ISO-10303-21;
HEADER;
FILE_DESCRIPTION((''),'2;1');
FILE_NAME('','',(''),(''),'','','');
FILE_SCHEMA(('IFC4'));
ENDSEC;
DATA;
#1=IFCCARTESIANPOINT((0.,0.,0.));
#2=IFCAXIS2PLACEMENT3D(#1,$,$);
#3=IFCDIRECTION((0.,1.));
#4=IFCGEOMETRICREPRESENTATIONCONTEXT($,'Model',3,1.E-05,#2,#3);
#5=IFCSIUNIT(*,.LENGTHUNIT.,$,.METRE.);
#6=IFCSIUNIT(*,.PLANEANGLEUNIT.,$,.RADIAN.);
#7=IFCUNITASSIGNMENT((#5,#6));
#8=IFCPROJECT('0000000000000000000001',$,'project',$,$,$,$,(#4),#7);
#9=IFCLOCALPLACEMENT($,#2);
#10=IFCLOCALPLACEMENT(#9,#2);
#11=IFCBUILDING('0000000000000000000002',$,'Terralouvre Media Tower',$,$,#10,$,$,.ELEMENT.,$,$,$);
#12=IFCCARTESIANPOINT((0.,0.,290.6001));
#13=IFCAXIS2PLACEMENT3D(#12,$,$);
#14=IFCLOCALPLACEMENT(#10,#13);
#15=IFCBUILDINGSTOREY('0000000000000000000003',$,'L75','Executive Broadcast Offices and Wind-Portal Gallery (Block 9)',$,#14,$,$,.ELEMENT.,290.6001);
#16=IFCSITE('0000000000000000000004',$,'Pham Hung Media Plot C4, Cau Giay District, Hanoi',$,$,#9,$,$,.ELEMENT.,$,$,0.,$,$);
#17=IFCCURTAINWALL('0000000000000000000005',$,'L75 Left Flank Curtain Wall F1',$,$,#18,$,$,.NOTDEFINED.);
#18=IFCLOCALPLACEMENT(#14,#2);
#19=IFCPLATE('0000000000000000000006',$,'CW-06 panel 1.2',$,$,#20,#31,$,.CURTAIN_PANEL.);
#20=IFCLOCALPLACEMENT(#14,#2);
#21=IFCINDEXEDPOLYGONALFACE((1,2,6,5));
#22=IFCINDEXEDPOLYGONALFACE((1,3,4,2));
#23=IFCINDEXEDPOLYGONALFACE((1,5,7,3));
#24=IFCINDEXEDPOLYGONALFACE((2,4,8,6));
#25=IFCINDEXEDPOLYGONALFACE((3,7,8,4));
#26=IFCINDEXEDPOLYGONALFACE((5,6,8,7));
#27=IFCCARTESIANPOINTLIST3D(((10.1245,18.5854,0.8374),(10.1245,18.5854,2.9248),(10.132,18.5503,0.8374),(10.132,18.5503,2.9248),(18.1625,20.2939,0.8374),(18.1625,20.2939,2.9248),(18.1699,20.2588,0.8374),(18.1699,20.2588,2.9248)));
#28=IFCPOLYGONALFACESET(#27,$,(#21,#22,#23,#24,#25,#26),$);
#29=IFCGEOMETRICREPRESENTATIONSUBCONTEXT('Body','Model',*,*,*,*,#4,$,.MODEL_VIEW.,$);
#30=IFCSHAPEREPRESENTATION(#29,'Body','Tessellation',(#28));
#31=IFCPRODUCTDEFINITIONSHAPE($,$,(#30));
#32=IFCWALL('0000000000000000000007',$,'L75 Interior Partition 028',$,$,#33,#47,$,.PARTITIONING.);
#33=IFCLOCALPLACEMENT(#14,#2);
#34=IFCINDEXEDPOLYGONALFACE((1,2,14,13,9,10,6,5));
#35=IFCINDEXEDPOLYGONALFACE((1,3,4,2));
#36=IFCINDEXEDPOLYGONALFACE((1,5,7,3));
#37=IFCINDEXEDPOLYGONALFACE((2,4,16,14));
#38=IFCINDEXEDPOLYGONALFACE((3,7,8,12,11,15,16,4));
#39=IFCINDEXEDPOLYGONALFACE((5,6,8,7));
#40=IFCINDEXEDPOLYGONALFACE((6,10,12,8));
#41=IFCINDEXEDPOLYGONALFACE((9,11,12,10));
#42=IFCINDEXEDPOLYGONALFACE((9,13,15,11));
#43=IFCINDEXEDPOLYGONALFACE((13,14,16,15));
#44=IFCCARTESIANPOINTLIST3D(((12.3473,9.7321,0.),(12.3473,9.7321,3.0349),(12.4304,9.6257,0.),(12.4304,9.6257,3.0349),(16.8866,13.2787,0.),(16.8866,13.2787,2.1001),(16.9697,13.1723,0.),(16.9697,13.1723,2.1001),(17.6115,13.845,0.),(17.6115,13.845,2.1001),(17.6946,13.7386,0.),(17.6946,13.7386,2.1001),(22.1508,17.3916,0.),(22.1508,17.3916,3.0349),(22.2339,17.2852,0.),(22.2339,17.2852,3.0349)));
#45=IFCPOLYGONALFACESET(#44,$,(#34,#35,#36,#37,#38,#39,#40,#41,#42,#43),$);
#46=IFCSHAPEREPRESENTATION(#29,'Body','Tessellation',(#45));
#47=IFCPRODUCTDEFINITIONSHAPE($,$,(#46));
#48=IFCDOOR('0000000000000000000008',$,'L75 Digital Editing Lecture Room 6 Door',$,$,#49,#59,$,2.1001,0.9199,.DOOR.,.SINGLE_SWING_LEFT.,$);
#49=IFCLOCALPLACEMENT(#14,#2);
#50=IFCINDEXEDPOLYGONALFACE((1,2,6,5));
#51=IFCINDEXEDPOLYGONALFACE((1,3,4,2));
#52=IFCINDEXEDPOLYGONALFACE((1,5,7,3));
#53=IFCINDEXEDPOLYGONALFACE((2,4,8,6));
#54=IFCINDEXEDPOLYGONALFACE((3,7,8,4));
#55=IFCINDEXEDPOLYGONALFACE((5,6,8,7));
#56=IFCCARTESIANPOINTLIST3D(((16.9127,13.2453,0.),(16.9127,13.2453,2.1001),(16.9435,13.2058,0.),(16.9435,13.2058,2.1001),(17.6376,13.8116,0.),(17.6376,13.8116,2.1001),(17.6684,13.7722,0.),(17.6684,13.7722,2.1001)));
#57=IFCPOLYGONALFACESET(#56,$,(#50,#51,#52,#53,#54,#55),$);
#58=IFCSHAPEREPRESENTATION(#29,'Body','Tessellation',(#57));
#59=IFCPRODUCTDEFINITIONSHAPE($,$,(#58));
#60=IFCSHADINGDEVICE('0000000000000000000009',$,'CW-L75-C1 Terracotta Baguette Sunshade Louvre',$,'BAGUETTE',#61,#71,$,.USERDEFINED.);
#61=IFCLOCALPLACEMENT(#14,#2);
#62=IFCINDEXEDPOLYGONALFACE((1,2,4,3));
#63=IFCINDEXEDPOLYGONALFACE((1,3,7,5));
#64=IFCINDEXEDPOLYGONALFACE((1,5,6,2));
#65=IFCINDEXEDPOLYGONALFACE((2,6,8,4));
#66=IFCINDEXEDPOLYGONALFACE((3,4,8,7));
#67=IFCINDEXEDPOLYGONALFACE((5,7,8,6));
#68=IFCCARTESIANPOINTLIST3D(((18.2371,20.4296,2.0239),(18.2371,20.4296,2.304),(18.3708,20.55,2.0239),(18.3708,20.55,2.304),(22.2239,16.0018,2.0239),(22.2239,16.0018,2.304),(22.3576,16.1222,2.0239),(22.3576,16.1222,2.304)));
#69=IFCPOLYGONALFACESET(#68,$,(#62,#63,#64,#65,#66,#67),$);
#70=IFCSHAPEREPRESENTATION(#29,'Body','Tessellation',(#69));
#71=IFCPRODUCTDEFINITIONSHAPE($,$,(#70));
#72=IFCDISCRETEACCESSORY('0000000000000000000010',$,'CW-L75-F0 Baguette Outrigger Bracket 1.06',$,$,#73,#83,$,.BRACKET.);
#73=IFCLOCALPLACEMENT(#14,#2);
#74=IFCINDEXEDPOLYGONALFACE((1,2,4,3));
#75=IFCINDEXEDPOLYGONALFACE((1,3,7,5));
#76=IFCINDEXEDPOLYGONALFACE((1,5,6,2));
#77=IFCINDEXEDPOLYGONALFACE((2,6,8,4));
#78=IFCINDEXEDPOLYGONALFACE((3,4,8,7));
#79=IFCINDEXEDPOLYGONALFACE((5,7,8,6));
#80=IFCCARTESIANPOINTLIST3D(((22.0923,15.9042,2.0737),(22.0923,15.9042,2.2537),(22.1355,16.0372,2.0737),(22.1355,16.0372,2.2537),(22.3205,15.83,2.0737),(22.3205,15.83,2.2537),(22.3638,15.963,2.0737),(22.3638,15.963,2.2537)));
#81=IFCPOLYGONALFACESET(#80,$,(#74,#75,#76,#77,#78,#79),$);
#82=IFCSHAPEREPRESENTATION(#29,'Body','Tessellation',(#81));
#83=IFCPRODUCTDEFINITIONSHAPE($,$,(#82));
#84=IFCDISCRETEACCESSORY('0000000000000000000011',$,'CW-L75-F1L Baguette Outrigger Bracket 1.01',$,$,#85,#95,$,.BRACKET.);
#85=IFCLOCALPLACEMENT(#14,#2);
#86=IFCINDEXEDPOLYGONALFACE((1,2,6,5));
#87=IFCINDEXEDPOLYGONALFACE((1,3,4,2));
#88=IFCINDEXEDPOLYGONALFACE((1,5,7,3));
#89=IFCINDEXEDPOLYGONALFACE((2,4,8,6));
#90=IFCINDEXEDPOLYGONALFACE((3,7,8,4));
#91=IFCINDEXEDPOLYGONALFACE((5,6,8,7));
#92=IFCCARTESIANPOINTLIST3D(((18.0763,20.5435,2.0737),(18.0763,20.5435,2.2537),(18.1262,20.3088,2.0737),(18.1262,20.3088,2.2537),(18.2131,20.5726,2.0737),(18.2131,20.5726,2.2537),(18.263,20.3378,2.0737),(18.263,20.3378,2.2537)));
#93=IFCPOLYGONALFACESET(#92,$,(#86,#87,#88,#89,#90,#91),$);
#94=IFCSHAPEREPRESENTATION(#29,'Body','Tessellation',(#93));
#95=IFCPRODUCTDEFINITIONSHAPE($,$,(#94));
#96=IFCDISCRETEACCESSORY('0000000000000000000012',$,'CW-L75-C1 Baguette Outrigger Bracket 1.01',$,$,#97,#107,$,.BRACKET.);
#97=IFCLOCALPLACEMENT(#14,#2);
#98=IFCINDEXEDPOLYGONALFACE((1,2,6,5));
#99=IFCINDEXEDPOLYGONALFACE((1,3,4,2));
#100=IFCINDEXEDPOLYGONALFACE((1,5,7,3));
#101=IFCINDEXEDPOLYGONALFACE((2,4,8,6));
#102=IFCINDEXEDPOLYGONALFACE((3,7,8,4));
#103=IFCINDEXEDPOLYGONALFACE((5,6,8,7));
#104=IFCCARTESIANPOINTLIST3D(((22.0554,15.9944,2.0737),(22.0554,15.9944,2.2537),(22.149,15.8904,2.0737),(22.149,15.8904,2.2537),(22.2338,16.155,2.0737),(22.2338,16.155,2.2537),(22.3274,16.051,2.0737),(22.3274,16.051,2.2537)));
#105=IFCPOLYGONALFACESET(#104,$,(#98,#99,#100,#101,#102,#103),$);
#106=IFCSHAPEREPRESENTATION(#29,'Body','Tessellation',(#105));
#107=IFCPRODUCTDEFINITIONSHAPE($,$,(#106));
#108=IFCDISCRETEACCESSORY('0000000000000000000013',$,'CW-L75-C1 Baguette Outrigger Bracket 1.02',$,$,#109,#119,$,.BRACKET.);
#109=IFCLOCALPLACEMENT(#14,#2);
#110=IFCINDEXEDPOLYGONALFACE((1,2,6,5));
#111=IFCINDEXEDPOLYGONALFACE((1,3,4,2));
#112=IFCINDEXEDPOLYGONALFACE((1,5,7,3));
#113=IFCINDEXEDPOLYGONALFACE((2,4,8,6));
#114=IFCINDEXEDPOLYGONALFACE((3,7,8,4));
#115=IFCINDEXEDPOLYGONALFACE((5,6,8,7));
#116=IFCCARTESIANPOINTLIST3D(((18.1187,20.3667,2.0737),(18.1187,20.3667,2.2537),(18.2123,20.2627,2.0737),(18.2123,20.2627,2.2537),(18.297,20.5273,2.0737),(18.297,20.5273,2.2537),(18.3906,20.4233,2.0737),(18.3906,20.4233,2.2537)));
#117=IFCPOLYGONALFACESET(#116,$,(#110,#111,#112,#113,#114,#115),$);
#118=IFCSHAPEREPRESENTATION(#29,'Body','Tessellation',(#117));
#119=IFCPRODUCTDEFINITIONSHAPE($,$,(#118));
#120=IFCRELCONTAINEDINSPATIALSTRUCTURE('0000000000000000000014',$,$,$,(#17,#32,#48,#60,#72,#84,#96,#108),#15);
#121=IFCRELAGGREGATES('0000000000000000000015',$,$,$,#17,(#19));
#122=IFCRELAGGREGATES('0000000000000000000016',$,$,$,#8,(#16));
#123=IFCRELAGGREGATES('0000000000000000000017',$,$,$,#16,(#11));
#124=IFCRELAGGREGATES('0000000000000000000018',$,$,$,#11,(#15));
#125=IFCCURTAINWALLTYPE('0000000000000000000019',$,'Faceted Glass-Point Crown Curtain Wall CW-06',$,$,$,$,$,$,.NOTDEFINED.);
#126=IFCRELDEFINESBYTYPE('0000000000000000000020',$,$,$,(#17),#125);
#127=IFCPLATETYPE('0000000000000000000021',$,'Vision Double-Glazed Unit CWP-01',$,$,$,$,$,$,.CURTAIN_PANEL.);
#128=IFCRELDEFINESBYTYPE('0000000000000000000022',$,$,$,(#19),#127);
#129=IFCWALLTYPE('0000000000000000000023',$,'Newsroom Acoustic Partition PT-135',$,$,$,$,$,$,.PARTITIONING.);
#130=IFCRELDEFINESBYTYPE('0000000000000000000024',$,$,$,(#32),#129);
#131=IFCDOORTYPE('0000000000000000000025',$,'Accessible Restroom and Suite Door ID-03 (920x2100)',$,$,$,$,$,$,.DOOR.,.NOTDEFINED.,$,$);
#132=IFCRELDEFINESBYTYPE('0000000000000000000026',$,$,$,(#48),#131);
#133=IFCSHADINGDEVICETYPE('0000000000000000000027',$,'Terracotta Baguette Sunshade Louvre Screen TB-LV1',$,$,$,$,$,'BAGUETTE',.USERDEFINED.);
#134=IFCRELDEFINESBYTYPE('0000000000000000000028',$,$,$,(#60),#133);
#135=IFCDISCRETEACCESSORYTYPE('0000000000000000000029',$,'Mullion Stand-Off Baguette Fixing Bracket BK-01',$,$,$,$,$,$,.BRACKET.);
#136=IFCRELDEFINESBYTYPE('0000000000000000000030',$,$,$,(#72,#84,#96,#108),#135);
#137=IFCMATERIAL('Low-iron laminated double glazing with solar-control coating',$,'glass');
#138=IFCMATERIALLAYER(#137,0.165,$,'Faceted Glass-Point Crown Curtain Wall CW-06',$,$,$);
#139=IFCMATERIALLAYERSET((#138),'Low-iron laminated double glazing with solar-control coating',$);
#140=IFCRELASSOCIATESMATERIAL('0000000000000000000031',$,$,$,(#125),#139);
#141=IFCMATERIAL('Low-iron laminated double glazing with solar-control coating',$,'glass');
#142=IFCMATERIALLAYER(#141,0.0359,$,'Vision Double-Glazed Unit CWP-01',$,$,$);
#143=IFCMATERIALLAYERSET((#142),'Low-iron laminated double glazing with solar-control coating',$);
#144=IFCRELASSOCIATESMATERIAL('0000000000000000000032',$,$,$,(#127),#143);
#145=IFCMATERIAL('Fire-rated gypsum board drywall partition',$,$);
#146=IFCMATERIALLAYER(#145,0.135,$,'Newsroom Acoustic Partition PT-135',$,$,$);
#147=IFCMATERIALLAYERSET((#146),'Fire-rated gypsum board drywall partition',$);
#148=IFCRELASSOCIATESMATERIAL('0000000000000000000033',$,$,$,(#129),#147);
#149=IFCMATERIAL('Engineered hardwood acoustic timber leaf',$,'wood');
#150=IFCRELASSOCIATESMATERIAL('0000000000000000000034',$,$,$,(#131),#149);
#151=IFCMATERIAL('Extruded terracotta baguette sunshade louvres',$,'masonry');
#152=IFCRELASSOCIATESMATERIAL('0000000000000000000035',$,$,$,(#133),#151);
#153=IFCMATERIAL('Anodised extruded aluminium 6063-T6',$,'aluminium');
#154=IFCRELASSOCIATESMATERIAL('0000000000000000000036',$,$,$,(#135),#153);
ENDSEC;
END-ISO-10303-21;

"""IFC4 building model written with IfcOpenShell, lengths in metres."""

from ifc_helpers import new_model, si_unit, direction, frame, frame_2d, origin, origin_2d, place, context, subcontext, project, spatial, rectangle, extrude, material, layer, layer_set, type_object, element, fill, aggregate, save


model = new_model("IFC4")

# Units and contexts
model_context = context("Model", 3, precision=1e-05, world=origin(), true_north=direction((0.0, 1.0)))
body_context = subcontext(model_context, "Body", "Model", "MODEL_VIEW")
ifc_project = project(units=[si_unit("LENGTHUNIT", "METRE"), si_unit("PLANEANGLEUNIT", "RADIAN")], contexts=[model_context])

# Site, building, storey
site_placement = place(None, origin())
site = spatial("IfcSite", under=ifc_project, at=site_placement, Name="Pham Hung Media Plot C4, Cau Giay District, Hanoi", CompositionType="ELEMENT", RefElevation=0.0)
building_placement = place(site_placement, origin())
building = spatial("IfcBuilding", under=site, at=building_placement, Name="Terralouvre Media Tower", CompositionType="ELEMENT")
storey_placement = place(building_placement, frame((0.0, 0.0, 290.6001)))
storey = spatial("IfcBuildingStorey", under=building, at=storey_placement, Name="L75", Description="Executive Broadcast Offices and Wind-Portal Gallery (Block 9)", CompositionType="ELEMENT", Elevation=290.6001)

# Curtain wall
ifc_material_1 = material(Name="Low-iron laminated double glazing with solar-control coating", Category="glass")
ifc_layer_1 = layer(ifc_material_1, 0.165, Name="Faceted Glass-Point Crown Curtain Wall CW-06")
ifc_layer_set_1 = layer_set([ifc_layer_1], Name="Low-iron laminated double glazing with solar-control coating")
curtain_wall_type_1 = type_object("IfcCurtainWallType", Name="Faceted Glass-Point Crown Curtain Wall CW-06", PredefinedType="NOTDEFINED", material=ifc_layer_set_1)
curtain_wall_1_placement = place(storey_placement, origin())
curtain_wall_1 = element("IfcCurtainWall", 1, at=curtain_wall_1_placement, inside=storey, type_object=curtain_wall_type_1, Name="L75 Left Flank Curtain Wall F1", PredefinedType="NOTDEFINED")

# Plate
ifc_material_2 = material(Name="Low-iron laminated double glazing with solar-control coating", Category="glass")
ifc_layer_2 = layer(ifc_material_2, 0.0359, Name="Vision Double-Glazed Unit CWP-01")
ifc_layer_set_2 = layer_set([ifc_layer_2], Name="Low-iron laminated double glazing with solar-control coating")
plate_type_1 = type_object("IfcPlateType", Name="Vision Double-Glazed Unit CWP-01", PredefinedType="CURTAIN_PANEL", material=ifc_layer_set_2)
plate_1_placement = place(storey_placement, frame((14.1472, 19.4221, 0.8374), z_axis=(0.0, 0.0, 1.0), x_axis=(-0.978148, -0.207912, 0.0)))
plate_1 = element("IfcPlate", 2, at=plate_1_placement, type_object=plate_type_1, Name="CW-06 panel 1.2", PredefinedType="CURTAIN_PANEL", context=body_context, shape_type="SweptSolid", body=[
    extrude(rectangle(XDim=8.2175, YDim=0.0359, at=origin_2d()), origin(), (0.0, 0.0, 1.0), 2.0874),
])
aggregate(curtain_wall_1, [plate_1])

# Wall, opening, door
ifc_material_3 = material(Name="Fire-rated gypsum board drywall partition")
ifc_layer_3 = layer(ifc_material_3, 0.135, Name="Newsroom Acoustic Partition PT-135")
ifc_layer_set_3 = layer_set([ifc_layer_3], Name="Fire-rated gypsum board drywall partition")
wall_type = type_object("IfcWallType", Name="Newsroom Acoustic Partition PT-135", PredefinedType="PARTITIONING", material=ifc_layer_set_3)
wall_placement = place(storey_placement, frame((22.1924, 17.3384, 0.0), z_axis=(0.0, 0.0, 1.0), x_axis=(-0.788006, -0.615667, 0.0)))
wall = element("IfcWall", 3, at=wall_placement, inside=storey, type_object=wall_type, Name="L75 Interior Partition 028", PredefinedType="PARTITIONING", context=body_context, shape_type="SweptSolid", body=[
    extrude(rectangle(XDim=12.4409, YDim=0.135, at=frame_2d((6.2205, 0.0))), origin(), (0.0, 0.0, 1.0), 3.0349),
])
opening_placement = place(wall_placement, frame((5.7605, 0.0, 0.0)))
opening = element("IfcOpeningElement", 4, at=opening_placement, cuts=wall, PredefinedType="OPENING", context=body_context, shape_type="SweptSolid", body=[
    extrude(rectangle(XDim=0.9199, YDim=2.1001, at=frame_2d((0.46, 1.05))), frame((0.0, 0.0774, 0.0), z_axis=(0.0, -1.0, 0.0), x_axis=(1.0, 0.0, 0.0)), (0.0, 0.0, 1.0), 0.155),
])
ifc_material_4 = material(Name="Engineered hardwood acoustic timber leaf", Category="wood")
door_type = type_object("IfcDoorType", Name="Accessible Restroom and Suite Door ID-03 (920x2100)", OperationType="NOTDEFINED", PredefinedType="DOOR", material=ifc_material_4)
door_placement = place(opening_placement, origin())
door = element("IfcDoor", 5, at=door_placement, inside=storey, type_object=door_type, Name="L75 Digital Editing Lecture Room 6 Door", OperationType="SINGLE_SWING_LEFT", OverallHeight=2.1001, OverallWidth=0.9199, PredefinedType="DOOR", context=body_context, shape_type="SweptSolid", body=[
    extrude(rectangle(XDim=0.9199, YDim=2.1001, at=frame_2d((0.46, 1.05))), frame((0.0, 0.0249, 0.0), z_axis=(0.0, -1.0, 0.0), x_axis=(1.0, 0.0, 0.0)), (0.0, 0.0, 1.0), 0.05),
])
fill(opening, door)

# Shading device
ifc_material_5 = material(Name="Extruded terracotta baguette sunshade louvres", Category="masonry")
shading_device_type = type_object("IfcShadingDeviceType", Name="Terracotta Baguette Sunshade Louvre Screen TB-LV1", ElementType="BAGUETTE", PredefinedType="USERDEFINED", material=ifc_material_5)
shading_device_placement = place(storey_placement, frame((20.2974, 18.2759, 2.0239), z_axis=(0.0, 0.0, 1.0), x_axis=(-0.66913, 0.743145, 0.0)))
element("IfcShadingDevice", 6, at=shading_device_placement, inside=storey, type_object=shading_device_type, Name="CW-L75-C1 Terracotta Baguette Sunshade Louvre", ObjectType="BAGUETTE", PredefinedType="USERDEFINED", context=body_context, shape_type="SweptSolid", body=[
    extrude(rectangle(XDim=5.9583, YDim=0.1799, at=origin_2d()), origin(), (0.0, 0.0, 1.0), 0.28),
])

# Discrete accessories
ifc_material_6 = material(Name="Anodised extruded aluminium 6063-T6", Category="aluminium")
discrete_accessory_type = type_object("IfcDiscreteAccessoryType", Name="Mullion Stand-Off Baguette Fixing Bracket BK-01", PredefinedType="BRACKET", material=ifc_material_6)
for number, where, z_axis, x_axis, name in (
    (7, (22.228, 15.9336, 2.0737), (0.0, 0.0, 1.0), (0.309017, 0.951057, 0.0), "CW-L75-F0 Baguette Outrigger Bracket 1.06"),
    (8, (18.1697, 20.4407, 2.0737), (0.0, 0.0, 1.0), (-0.978148, -0.207912, 0.0), "CW-L75-F1L Baguette Outrigger Bracket 1.01"),
    (9, (22.1914, 16.0227, 2.0737), (0.0, 0.0, 1.0), (-0.66913, 0.743145, 0.0), "CW-L75-C1 Baguette Outrigger Bracket 1.01"),
    (10, (18.2546, 20.395, 2.0737), (0.0, 0.0, 1.0), (-0.66913, 0.743145, 0.0), "CW-L75-C1 Baguette Outrigger Bracket 1.02"),
):
    element("IfcDiscreteAccessory", number, at=place(storey_placement, frame(where, z_axis=z_axis, x_axis=x_axis)), inside=storey, type_object=discrete_accessory_type, Name=name, PredefinedType="BRACKET", context=body_context, shape_type="SweptSolid", body=[
        extrude(rectangle(XDim=0.1399, YDim=0.24, at=origin_2d()), origin(), (0.0, 0.0, 1.0), 0.1799),
    ])

save(model, "model.ifc")
